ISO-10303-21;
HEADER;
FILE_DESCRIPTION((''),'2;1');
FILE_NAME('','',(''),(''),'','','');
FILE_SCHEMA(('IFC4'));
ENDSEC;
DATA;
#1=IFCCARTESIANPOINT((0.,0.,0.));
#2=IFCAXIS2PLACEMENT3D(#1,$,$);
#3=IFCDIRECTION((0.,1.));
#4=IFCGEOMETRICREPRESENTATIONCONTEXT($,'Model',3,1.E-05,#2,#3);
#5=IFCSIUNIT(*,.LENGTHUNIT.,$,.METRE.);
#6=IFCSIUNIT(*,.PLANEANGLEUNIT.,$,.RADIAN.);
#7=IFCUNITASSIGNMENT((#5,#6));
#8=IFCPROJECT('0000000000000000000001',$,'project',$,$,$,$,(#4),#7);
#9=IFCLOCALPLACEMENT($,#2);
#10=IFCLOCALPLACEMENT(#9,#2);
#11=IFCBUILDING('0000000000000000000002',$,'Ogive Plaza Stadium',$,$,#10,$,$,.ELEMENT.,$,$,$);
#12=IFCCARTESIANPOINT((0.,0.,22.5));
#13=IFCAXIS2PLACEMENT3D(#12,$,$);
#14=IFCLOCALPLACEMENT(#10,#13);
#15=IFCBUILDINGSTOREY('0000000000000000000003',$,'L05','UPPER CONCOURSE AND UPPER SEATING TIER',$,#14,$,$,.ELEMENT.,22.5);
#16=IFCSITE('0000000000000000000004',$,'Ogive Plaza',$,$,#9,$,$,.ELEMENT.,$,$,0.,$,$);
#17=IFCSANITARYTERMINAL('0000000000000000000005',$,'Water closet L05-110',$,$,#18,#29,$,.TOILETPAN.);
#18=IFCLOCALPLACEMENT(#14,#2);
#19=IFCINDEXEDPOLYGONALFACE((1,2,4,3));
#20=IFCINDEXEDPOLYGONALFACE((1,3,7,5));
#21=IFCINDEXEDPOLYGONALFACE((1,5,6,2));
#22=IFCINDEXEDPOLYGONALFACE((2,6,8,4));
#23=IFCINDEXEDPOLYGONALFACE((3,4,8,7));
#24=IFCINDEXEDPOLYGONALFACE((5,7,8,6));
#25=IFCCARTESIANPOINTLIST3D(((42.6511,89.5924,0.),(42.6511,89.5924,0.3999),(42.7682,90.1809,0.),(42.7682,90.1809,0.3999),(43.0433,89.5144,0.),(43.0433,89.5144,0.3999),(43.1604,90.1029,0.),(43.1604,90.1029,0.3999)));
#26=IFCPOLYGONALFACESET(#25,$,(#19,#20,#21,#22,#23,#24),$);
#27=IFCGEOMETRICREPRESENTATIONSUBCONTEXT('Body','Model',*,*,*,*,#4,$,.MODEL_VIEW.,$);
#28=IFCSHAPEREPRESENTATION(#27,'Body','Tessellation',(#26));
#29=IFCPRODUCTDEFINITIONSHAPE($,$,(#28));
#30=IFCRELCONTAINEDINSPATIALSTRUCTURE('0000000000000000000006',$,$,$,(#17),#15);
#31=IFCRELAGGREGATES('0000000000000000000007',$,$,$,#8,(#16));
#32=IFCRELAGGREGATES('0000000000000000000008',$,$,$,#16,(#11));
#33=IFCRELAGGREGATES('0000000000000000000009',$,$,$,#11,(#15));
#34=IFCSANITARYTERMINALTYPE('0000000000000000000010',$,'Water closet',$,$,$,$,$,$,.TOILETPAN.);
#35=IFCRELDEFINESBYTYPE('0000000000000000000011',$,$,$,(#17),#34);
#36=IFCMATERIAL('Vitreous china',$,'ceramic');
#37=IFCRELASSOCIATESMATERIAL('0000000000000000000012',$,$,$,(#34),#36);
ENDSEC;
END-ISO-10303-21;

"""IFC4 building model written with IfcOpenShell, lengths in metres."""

from ifc_helpers import new_model, si_unit, direction, frame, origin, origin_2d, place, context, subcontext, project, spatial, rectangle, extrude, material, type_object, element, save


model = new_model("IFC4")

# Units and contexts
model_context = context("Model", 3, precision=1e-05, world=origin(), true_north=direction((0.0, 1.0)))
body_context = subcontext(model_context, "Body", "Model", "MODEL_VIEW")
ifc_project = project(units=[si_unit("LENGTHUNIT", "METRE"), si_unit("PLANEANGLEUNIT", "RADIAN")], contexts=[model_context])

# Site, building, storey
site_placement = place(None, origin())
site = spatial("IfcSite", under=ifc_project, at=site_placement, Name="Ogive Plaza", CompositionType="ELEMENT", RefElevation=0.0)
building_placement = place(site_placement, origin())
building = spatial("IfcBuilding", under=site, at=building_placement, Name="Ogive Plaza Stadium", CompositionType="ELEMENT")
storey_placement = place(building_placement, frame((0.0, 0.0, 22.5)))
storey = spatial("IfcBuildingStorey", under=building, at=storey_placement, Name="L05", Description="UPPER CONCOURSE AND UPPER SEATING TIER", CompositionType="ELEMENT", Elevation=22.5)

# Sanitary terminal
ifc_material_1 = material(Name="Vitreous china", Category="ceramic")
sanitary_terminal_type_1 = type_object("IfcSanitaryTerminalType", Name="Water closet", PredefinedType="TOILETPAN", material=ifc_material_1)
for number, where, z_axis, x_axis, name in (
    (1, (42.9058, 89.8477, 0.0), (0.0, 0.0, 1.0), (-0.980785, 0.19509, 0.0), "Water closet L05-110"),
):
    element("IfcSanitaryTerminal", number, at=place(storey_placement, frame(where, z_axis=z_axis, x_axis=x_axis)), inside=storey, type_object=sanitary_terminal_type_1, Name=name, PredefinedType="TOILETPAN", context=body_context, shape_type="SweptSolid", body=[
        extrude(rectangle(XDim=0.3999, YDim=0.6001, at=origin_2d()), origin(), (0.0, 0.0, 1.0), 0.3999),
    ])

save(model, "model.ifc")
